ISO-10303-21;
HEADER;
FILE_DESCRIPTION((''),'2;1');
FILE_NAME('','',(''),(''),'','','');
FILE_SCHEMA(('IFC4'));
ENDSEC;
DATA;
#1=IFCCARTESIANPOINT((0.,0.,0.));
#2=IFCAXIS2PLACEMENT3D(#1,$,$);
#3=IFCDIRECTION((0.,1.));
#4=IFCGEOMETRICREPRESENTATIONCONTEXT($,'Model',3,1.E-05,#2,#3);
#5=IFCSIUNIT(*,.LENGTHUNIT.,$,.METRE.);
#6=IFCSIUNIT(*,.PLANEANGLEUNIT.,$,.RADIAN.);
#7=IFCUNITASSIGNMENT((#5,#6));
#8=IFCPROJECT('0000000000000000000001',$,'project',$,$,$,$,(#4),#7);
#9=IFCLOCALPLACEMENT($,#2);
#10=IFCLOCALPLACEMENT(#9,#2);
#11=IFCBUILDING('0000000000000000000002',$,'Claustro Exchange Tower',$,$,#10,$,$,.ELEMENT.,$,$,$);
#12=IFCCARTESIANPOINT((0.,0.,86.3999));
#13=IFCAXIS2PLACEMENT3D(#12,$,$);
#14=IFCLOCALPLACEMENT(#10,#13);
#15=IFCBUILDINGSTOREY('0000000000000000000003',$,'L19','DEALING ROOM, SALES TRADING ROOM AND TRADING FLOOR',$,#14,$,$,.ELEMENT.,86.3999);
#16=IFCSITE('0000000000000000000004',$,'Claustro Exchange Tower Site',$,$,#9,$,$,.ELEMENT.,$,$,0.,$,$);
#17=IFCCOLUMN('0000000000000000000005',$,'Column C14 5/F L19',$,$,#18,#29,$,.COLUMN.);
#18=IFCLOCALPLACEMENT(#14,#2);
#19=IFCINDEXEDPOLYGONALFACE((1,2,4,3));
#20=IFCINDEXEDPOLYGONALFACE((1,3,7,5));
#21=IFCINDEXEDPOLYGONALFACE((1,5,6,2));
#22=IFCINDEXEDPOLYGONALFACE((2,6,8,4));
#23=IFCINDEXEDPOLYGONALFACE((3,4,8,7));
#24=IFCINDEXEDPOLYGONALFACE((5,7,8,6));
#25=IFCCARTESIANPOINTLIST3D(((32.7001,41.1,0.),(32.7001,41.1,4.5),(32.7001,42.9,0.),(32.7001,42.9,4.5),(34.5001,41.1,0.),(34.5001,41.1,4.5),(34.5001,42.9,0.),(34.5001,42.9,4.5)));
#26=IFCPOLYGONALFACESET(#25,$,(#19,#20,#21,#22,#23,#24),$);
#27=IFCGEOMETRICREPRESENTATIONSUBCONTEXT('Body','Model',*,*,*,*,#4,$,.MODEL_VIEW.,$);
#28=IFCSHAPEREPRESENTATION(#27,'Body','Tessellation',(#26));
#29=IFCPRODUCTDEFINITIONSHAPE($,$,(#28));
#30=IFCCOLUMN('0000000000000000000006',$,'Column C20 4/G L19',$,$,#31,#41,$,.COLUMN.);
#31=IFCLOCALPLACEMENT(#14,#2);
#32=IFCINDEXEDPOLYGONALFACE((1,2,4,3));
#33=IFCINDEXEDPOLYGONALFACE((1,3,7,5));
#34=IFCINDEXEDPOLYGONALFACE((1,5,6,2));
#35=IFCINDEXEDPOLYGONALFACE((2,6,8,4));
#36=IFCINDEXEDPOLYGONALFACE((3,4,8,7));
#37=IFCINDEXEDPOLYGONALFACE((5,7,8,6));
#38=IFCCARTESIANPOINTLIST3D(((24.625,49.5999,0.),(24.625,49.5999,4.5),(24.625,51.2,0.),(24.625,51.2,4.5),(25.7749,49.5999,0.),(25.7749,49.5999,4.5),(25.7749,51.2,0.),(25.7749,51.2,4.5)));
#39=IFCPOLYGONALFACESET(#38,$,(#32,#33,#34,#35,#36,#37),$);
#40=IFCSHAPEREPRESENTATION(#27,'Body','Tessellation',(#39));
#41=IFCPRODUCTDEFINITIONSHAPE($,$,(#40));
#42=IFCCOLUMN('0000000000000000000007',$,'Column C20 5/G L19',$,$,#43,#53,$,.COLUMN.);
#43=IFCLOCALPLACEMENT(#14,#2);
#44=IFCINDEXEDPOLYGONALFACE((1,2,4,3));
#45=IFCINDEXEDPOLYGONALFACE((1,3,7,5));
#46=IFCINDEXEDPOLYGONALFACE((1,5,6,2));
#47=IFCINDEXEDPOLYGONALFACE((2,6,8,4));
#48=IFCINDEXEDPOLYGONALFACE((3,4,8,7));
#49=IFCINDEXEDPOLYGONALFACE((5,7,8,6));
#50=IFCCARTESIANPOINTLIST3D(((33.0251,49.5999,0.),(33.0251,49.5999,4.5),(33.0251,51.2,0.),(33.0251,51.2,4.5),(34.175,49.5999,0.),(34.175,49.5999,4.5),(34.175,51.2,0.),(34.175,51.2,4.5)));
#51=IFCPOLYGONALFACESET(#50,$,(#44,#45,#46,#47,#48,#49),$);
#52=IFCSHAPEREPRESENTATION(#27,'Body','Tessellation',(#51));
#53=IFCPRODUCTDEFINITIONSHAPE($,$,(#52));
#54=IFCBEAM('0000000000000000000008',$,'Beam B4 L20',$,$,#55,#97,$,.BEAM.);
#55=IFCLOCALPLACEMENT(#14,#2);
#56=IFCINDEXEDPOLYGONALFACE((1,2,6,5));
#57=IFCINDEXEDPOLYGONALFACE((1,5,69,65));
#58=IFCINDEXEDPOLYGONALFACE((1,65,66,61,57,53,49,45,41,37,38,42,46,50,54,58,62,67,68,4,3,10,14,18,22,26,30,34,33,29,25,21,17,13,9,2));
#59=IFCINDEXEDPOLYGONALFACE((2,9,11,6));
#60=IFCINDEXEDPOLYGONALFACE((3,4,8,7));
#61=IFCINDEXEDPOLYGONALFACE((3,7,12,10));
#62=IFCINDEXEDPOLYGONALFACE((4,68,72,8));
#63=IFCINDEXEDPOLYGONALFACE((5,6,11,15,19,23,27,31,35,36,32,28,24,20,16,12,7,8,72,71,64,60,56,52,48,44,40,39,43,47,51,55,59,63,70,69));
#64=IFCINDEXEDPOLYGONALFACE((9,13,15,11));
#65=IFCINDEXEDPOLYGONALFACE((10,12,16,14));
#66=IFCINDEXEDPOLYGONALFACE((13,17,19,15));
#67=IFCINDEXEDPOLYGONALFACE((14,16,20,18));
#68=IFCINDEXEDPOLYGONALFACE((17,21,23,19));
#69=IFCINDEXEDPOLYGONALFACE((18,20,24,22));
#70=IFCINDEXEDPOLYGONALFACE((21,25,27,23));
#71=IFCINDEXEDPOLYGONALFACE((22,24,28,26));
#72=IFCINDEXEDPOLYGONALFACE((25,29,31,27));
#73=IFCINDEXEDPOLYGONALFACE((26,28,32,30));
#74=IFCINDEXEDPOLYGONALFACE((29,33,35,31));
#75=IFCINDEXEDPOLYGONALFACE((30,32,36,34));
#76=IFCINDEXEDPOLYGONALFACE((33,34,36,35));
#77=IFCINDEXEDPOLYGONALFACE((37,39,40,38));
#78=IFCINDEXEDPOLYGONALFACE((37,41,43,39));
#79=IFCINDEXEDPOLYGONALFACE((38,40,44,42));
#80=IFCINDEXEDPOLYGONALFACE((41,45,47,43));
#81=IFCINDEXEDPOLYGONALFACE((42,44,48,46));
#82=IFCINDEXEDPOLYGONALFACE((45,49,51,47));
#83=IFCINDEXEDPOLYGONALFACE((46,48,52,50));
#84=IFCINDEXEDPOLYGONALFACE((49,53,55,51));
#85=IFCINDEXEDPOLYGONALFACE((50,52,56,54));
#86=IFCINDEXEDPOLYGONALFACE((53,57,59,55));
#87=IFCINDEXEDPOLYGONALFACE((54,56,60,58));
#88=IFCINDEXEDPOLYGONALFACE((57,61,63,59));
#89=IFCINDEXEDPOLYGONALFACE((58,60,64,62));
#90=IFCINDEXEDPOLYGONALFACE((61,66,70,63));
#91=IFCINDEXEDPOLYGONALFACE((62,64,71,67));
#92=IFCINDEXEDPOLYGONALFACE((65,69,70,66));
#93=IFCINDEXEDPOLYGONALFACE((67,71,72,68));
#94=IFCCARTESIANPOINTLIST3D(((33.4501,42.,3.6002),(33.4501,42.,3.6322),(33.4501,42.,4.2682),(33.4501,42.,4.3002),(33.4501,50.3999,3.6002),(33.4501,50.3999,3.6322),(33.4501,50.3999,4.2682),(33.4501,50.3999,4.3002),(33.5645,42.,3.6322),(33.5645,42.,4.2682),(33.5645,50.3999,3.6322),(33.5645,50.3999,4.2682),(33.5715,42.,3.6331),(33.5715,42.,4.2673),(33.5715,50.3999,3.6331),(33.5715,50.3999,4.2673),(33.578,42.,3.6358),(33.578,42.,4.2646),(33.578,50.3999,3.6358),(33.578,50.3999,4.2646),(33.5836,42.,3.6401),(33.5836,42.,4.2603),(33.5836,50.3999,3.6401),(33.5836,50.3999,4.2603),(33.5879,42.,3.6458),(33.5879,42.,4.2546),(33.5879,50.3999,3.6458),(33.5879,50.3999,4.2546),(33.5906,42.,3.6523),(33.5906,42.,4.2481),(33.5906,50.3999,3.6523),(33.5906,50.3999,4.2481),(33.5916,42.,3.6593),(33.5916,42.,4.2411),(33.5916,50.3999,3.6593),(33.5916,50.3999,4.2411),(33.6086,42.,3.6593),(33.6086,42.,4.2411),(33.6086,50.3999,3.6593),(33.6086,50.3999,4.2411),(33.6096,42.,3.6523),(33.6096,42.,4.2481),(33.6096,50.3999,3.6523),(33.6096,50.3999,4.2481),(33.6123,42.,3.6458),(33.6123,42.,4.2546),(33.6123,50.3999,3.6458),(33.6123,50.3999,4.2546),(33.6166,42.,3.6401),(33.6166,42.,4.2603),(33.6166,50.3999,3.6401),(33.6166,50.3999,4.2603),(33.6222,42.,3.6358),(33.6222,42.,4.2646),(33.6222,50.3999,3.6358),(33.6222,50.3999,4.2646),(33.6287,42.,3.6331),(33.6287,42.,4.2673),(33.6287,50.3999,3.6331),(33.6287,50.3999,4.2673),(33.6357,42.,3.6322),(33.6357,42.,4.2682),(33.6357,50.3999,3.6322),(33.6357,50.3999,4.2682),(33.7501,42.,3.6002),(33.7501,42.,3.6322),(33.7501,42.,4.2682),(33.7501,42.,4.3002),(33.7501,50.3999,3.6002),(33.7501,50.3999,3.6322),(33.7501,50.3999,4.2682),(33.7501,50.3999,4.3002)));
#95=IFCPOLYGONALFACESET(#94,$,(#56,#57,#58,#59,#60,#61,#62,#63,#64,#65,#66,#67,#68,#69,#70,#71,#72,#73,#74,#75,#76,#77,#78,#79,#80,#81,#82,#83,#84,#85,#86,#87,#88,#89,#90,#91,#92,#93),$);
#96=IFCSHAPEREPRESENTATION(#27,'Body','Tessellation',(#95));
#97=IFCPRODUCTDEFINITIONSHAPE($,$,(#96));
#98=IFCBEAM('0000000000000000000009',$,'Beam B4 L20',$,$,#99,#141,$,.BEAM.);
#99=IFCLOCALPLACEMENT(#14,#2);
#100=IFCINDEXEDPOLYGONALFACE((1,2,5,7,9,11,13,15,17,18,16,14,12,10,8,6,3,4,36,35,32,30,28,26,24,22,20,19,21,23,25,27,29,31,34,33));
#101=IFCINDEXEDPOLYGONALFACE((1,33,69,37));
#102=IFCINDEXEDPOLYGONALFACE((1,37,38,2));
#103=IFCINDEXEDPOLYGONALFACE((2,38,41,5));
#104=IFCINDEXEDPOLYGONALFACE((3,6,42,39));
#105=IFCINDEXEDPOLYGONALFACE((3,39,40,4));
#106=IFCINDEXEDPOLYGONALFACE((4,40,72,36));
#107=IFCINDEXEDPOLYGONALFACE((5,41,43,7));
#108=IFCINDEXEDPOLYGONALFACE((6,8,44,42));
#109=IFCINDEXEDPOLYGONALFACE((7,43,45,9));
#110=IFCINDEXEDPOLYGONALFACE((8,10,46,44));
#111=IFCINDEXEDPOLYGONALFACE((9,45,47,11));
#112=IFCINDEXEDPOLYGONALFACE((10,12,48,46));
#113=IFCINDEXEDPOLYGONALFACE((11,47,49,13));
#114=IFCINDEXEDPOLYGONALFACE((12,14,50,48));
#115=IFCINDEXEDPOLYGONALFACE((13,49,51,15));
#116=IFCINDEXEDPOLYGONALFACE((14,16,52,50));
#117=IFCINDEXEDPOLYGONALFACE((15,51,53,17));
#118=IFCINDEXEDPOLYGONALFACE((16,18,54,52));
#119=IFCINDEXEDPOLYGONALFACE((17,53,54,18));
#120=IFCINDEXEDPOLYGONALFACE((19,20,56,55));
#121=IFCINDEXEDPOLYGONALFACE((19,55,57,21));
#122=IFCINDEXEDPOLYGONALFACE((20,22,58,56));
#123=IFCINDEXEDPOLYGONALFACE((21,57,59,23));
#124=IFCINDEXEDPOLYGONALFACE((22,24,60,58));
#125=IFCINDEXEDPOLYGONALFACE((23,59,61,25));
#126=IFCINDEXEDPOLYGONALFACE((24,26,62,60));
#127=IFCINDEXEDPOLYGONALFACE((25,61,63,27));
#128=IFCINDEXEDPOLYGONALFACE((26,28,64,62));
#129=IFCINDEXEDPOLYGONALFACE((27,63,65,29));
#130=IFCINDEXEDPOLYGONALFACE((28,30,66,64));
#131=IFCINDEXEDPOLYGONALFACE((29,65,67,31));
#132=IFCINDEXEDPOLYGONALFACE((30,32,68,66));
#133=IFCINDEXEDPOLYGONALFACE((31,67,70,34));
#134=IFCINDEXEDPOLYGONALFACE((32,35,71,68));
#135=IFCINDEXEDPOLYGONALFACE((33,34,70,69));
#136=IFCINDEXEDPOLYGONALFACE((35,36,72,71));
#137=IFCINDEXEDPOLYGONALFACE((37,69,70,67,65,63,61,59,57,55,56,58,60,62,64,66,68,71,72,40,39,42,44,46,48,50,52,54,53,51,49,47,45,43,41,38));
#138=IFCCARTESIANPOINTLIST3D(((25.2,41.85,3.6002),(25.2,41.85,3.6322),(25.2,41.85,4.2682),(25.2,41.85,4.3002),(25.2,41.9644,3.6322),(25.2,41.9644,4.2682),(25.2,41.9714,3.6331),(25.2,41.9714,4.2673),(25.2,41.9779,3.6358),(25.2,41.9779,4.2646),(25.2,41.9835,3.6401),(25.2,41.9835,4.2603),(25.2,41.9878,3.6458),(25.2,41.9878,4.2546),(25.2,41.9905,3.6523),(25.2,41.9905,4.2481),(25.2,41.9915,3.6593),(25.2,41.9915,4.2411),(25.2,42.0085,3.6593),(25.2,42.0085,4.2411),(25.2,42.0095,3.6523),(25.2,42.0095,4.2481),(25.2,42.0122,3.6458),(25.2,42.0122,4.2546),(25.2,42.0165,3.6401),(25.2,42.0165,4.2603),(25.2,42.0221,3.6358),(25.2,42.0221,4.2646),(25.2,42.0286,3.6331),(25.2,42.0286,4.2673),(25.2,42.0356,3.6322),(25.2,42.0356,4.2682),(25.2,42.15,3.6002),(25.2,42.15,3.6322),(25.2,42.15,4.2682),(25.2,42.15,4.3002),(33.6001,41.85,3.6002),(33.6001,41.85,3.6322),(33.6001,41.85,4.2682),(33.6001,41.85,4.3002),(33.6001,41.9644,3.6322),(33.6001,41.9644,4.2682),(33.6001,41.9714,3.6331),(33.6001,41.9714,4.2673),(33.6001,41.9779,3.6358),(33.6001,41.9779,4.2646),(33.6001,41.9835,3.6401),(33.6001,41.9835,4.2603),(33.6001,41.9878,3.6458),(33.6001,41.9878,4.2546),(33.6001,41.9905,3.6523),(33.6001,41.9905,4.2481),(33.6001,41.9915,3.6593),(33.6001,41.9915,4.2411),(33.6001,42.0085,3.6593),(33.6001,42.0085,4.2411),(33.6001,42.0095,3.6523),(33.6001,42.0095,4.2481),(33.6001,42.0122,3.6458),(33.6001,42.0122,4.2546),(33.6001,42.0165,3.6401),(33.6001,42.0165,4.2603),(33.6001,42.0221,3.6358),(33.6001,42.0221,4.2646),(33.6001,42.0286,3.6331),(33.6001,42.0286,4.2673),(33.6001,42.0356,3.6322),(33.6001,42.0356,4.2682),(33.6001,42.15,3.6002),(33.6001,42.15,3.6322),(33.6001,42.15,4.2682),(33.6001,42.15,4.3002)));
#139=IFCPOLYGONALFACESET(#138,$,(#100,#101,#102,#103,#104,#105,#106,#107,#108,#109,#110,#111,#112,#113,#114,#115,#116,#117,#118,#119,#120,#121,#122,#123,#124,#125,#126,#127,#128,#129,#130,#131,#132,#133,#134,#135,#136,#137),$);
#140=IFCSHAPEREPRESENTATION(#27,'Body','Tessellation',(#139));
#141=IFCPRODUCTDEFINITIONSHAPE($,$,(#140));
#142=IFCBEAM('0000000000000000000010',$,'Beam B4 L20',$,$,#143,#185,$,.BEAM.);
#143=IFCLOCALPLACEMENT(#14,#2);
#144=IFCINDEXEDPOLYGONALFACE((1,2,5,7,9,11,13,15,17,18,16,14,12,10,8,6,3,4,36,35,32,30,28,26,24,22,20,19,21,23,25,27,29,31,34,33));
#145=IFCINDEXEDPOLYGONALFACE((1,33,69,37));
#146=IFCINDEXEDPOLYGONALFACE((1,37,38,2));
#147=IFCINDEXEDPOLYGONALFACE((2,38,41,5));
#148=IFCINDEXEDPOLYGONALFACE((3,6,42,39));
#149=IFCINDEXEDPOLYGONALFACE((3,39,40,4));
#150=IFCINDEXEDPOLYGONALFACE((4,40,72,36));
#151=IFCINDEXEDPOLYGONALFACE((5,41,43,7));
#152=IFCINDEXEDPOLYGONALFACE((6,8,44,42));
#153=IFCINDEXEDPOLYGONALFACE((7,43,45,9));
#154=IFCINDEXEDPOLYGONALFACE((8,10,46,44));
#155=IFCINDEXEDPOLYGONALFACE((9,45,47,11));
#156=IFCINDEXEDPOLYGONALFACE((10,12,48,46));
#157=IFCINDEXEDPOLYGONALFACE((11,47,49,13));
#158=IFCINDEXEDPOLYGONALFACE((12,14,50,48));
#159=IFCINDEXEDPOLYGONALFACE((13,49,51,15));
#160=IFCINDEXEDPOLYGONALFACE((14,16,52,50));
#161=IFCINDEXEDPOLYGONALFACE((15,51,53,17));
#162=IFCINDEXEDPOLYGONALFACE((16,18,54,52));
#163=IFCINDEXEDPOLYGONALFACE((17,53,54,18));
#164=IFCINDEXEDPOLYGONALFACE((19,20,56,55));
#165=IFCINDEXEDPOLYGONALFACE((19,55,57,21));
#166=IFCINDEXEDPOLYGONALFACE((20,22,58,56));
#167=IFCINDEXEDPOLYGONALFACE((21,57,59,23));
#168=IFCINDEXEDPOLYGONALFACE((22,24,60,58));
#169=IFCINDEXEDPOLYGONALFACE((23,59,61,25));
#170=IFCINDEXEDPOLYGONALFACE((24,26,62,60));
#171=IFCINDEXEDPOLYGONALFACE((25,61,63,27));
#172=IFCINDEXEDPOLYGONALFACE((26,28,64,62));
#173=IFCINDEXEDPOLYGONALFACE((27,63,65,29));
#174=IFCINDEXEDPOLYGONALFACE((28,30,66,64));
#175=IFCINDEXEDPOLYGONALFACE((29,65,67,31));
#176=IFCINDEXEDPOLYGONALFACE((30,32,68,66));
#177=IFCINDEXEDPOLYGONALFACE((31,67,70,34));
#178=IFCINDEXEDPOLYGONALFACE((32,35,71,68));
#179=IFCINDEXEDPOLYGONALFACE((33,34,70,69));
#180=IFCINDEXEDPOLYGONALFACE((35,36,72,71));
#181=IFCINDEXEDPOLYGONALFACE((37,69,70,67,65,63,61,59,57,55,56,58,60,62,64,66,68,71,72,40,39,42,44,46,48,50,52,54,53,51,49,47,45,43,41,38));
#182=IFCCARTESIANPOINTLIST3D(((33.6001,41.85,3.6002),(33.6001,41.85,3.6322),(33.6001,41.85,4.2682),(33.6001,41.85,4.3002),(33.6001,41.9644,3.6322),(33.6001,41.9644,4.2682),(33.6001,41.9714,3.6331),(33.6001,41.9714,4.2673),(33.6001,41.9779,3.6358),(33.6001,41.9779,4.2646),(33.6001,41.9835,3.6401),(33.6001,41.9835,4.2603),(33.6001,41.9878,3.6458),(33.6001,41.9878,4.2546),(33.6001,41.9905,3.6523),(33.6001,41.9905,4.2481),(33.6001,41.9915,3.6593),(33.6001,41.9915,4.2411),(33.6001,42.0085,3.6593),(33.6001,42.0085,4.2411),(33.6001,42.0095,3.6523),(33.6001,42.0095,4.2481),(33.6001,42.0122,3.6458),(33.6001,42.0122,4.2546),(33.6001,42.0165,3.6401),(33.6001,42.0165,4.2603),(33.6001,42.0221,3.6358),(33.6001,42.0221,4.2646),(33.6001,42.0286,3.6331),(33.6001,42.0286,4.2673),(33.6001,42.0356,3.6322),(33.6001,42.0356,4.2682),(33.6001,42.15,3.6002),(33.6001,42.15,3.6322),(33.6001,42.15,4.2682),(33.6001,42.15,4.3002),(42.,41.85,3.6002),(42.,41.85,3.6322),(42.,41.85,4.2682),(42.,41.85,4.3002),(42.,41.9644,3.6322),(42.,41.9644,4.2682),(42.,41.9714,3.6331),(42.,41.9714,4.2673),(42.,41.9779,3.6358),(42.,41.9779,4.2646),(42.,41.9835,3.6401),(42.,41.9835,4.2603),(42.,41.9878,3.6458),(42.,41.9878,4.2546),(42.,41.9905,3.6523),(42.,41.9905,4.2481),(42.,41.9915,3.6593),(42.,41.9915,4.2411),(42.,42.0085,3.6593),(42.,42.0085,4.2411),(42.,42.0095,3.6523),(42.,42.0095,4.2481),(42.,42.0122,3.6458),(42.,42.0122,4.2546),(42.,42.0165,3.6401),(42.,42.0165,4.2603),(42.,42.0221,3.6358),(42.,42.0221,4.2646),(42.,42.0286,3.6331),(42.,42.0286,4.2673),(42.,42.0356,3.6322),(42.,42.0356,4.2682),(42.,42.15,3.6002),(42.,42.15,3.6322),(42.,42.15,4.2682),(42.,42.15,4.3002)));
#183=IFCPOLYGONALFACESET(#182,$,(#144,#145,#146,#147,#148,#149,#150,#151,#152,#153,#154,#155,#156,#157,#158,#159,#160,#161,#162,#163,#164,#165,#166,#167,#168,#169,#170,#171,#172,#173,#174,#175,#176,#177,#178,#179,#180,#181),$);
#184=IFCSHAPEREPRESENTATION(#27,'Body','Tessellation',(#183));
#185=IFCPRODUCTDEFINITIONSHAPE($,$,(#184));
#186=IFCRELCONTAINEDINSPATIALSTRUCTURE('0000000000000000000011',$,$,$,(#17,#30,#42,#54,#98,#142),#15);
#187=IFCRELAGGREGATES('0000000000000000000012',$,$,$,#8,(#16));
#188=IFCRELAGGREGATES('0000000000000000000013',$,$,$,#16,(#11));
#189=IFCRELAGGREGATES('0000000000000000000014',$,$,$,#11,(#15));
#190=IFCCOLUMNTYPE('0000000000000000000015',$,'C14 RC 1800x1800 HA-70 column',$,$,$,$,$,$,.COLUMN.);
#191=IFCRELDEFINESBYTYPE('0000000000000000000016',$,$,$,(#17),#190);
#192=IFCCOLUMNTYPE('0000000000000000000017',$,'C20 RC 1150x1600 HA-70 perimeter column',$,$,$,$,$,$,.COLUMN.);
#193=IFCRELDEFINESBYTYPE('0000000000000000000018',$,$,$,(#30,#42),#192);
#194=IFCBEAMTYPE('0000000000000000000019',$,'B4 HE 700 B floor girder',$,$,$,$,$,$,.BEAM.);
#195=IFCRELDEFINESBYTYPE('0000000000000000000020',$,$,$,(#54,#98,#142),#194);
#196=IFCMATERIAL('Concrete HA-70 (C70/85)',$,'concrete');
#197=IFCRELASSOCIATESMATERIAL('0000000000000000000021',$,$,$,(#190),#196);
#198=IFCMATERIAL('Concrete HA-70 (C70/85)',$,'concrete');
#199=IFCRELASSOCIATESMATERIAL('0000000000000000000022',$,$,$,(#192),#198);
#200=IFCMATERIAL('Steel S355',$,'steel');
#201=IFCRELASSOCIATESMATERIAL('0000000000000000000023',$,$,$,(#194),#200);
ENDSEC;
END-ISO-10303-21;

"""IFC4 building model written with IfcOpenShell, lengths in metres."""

from ifc_helpers import new_model, si_unit, direction, frame, origin, origin_2d, place, context, subcontext, project, spatial, rectangle, i_section, extrude, material, material_profile, profile_set, type_object, element, save


model = new_model("IFC4")

# Units and contexts
model_context = context("Model", 3, precision=1e-05, world=origin(), true_north=direction((0.0, 1.0)))
body_context = subcontext(model_context, "Body", "Model", "MODEL_VIEW")
ifc_project = project(units=[si_unit("LENGTHUNIT", "METRE"), si_unit("PLANEANGLEUNIT", "RADIAN")], contexts=[model_context])

# Site, building, storey
site_placement = place(None, origin())
site = spatial("IfcSite", under=ifc_project, at=site_placement, Name="Claustro Exchange Tower Site", CompositionType="ELEMENT", RefElevation=0.0)
building_placement = place(site_placement, origin())
building = spatial("IfcBuilding", under=site, at=building_placement, Name="Claustro Exchange Tower", CompositionType="ELEMENT")
storey_placement = place(building_placement, frame((0.0, 0.0, 86.3999)))
storey = spatial("IfcBuildingStorey", under=building, at=storey_placement, Name="L19", Description="DEALING ROOM, SALES TRADING ROOM AND TRADING FLOOR", CompositionType="ELEMENT", Elevation=86.3999)

# Columns
ifc_material_1 = material(Name="Concrete HA-70 (C70/85)", Category="concrete")
ifc_material_profile_1 = material_profile(ifc_material_1, rectangle(XDim=1.8, YDim=1.8, at=origin_2d()), Name="RC 1800x1800")
ifc_profile_set_1 = profile_set([ifc_material_profile_1], Name="Concrete HA-70 (C70/85)")
column_type_1 = type_object("IfcColumnType", Name="C14 RC 1800x1800 HA-70 column", PredefinedType="COLUMN", material=ifc_profile_set_1)
column_placement = place(storey_placement, frame((33.6001, 42.0, 0.0), z_axis=(0.0, 0.0, 1.0), x_axis=(1.0, 0.0, 0.0)))
element("IfcColumn", 1, at=column_placement, inside=storey, type_object=column_type_1, Name="Column C14 5/F L19", PredefinedType="COLUMN", context=body_context, shape_type="SweptSolid", body=[
    extrude(rectangle(XDim=1.8, YDim=1.8, at=origin_2d()), origin(), (0.0, 0.0, 1.0), 4.5),
])
ifc_material_2 = material(Name="Concrete HA-70 (C70/85)", Category="concrete")
ifc_material_profile_2 = material_profile(ifc_material_2, rectangle(XDim=1.1499, YDim=1.6001, at=origin_2d()), Name="RC 1150x1600")
ifc_profile_set_2 = profile_set([ifc_material_profile_2], Name="Concrete HA-70 (C70/85)")
column_type_2 = type_object("IfcColumnType", Name="C20 RC 1150x1600 HA-70 perimeter column", PredefinedType="COLUMN", material=ifc_profile_set_2)
for number, where, z_axis, x_axis, name in (
    (2, (25.2, 50.3999, 0.0), (0.0, 0.0, 1.0), (1.0, 0.0, 0.0), "Column C20 4/G L19"),
    (3, (33.6001, 50.3999, 0.0), (0.0, 0.0, 1.0), (1.0, 0.0, 0.0), "Column C20 5/G L19"),
):
    element("IfcColumn", number, at=place(storey_placement, frame(where, z_axis=z_axis, x_axis=x_axis)), inside=storey, type_object=column_type_2, Name=name, PredefinedType="COLUMN", context=body_context, shape_type="SweptSolid", body=[
        extrude(rectangle(XDim=1.1499, YDim=1.6001, at=origin_2d()), origin(), (0.0, 0.0, 1.0), 4.5),
    ])

# Beams
ifc_material_3 = material(Name="Steel S355", Category="steel")
ifc_material_profile_3 = material_profile(ifc_material_3, i_section(OverallWidth=0.3, OverallDepth=0.7, WebThickness=0.0171, FlangeThickness=0.032, FilletRadius=0.0271, at=origin_2d()), Name="HE 700 B")
ifc_profile_set_3 = profile_set([ifc_material_profile_3], Name="Steel S355")
beam_type_1 = type_object("IfcBeamType", Name="B4 HE 700 B floor girder", PredefinedType="BEAM", material=ifc_profile_set_3)
beam_1_placement = place(storey_placement, frame((33.6001, 42.0, 3.9502), z_axis=(0.0, 1.0, 0.0), x_axis=(-1.0, 0.0, 0.0)))
element("IfcBeam", 4, at=beam_1_placement, inside=storey, type_object=beam_type_1, Name="Beam B4 L20", PredefinedType="BEAM", context=body_context, shape_type="SweptSolid", body=[
    extrude(i_section(OverallWidth=0.3, OverallDepth=0.7, WebThickness=0.0171, FlangeThickness=0.032, FilletRadius=0.0271, at=origin_2d()), origin(), (0.0, 0.0, 1.0), 8.3999),
])
beam_2_placement = place(storey_placement, frame((25.2, 42.0, 3.9502), z_axis=(1.0, 0.0, 0.0), x_axis=(0.0, 1.0, 0.0)))
element("IfcBeam", 5, at=beam_2_placement, inside=storey, type_object=beam_type_1, Name="Beam B4 L20", PredefinedType="BEAM", context=body_context, shape_type="SweptSolid", body=[
    extrude(i_section(OverallWidth=0.3, OverallDepth=0.7, WebThickness=0.0171, FlangeThickness=0.032, FilletRadius=0.0271, at=origin_2d()), origin(), (0.0, 0.0, 1.0), 8.4001),
])
beam_3_placement = place(storey_placement, frame((33.6001, 42.0, 3.9502), z_axis=(1.0, 0.0, 0.0), x_axis=(0.0, 1.0, 0.0)))
element("IfcBeam", 6, at=beam_3_placement, inside=storey, type_object=beam_type_1, Name="Beam B4 L20", PredefinedType="BEAM", context=body_context, shape_type="SweptSolid", body=[
    extrude(i_section(OverallWidth=0.3, OverallDepth=0.7, WebThickness=0.0171, FlangeThickness=0.032, FilletRadius=0.0271, at=origin_2d()), origin(), (0.0, 0.0, 1.0), 8.3999),
])

save(model, "model.ifc")
